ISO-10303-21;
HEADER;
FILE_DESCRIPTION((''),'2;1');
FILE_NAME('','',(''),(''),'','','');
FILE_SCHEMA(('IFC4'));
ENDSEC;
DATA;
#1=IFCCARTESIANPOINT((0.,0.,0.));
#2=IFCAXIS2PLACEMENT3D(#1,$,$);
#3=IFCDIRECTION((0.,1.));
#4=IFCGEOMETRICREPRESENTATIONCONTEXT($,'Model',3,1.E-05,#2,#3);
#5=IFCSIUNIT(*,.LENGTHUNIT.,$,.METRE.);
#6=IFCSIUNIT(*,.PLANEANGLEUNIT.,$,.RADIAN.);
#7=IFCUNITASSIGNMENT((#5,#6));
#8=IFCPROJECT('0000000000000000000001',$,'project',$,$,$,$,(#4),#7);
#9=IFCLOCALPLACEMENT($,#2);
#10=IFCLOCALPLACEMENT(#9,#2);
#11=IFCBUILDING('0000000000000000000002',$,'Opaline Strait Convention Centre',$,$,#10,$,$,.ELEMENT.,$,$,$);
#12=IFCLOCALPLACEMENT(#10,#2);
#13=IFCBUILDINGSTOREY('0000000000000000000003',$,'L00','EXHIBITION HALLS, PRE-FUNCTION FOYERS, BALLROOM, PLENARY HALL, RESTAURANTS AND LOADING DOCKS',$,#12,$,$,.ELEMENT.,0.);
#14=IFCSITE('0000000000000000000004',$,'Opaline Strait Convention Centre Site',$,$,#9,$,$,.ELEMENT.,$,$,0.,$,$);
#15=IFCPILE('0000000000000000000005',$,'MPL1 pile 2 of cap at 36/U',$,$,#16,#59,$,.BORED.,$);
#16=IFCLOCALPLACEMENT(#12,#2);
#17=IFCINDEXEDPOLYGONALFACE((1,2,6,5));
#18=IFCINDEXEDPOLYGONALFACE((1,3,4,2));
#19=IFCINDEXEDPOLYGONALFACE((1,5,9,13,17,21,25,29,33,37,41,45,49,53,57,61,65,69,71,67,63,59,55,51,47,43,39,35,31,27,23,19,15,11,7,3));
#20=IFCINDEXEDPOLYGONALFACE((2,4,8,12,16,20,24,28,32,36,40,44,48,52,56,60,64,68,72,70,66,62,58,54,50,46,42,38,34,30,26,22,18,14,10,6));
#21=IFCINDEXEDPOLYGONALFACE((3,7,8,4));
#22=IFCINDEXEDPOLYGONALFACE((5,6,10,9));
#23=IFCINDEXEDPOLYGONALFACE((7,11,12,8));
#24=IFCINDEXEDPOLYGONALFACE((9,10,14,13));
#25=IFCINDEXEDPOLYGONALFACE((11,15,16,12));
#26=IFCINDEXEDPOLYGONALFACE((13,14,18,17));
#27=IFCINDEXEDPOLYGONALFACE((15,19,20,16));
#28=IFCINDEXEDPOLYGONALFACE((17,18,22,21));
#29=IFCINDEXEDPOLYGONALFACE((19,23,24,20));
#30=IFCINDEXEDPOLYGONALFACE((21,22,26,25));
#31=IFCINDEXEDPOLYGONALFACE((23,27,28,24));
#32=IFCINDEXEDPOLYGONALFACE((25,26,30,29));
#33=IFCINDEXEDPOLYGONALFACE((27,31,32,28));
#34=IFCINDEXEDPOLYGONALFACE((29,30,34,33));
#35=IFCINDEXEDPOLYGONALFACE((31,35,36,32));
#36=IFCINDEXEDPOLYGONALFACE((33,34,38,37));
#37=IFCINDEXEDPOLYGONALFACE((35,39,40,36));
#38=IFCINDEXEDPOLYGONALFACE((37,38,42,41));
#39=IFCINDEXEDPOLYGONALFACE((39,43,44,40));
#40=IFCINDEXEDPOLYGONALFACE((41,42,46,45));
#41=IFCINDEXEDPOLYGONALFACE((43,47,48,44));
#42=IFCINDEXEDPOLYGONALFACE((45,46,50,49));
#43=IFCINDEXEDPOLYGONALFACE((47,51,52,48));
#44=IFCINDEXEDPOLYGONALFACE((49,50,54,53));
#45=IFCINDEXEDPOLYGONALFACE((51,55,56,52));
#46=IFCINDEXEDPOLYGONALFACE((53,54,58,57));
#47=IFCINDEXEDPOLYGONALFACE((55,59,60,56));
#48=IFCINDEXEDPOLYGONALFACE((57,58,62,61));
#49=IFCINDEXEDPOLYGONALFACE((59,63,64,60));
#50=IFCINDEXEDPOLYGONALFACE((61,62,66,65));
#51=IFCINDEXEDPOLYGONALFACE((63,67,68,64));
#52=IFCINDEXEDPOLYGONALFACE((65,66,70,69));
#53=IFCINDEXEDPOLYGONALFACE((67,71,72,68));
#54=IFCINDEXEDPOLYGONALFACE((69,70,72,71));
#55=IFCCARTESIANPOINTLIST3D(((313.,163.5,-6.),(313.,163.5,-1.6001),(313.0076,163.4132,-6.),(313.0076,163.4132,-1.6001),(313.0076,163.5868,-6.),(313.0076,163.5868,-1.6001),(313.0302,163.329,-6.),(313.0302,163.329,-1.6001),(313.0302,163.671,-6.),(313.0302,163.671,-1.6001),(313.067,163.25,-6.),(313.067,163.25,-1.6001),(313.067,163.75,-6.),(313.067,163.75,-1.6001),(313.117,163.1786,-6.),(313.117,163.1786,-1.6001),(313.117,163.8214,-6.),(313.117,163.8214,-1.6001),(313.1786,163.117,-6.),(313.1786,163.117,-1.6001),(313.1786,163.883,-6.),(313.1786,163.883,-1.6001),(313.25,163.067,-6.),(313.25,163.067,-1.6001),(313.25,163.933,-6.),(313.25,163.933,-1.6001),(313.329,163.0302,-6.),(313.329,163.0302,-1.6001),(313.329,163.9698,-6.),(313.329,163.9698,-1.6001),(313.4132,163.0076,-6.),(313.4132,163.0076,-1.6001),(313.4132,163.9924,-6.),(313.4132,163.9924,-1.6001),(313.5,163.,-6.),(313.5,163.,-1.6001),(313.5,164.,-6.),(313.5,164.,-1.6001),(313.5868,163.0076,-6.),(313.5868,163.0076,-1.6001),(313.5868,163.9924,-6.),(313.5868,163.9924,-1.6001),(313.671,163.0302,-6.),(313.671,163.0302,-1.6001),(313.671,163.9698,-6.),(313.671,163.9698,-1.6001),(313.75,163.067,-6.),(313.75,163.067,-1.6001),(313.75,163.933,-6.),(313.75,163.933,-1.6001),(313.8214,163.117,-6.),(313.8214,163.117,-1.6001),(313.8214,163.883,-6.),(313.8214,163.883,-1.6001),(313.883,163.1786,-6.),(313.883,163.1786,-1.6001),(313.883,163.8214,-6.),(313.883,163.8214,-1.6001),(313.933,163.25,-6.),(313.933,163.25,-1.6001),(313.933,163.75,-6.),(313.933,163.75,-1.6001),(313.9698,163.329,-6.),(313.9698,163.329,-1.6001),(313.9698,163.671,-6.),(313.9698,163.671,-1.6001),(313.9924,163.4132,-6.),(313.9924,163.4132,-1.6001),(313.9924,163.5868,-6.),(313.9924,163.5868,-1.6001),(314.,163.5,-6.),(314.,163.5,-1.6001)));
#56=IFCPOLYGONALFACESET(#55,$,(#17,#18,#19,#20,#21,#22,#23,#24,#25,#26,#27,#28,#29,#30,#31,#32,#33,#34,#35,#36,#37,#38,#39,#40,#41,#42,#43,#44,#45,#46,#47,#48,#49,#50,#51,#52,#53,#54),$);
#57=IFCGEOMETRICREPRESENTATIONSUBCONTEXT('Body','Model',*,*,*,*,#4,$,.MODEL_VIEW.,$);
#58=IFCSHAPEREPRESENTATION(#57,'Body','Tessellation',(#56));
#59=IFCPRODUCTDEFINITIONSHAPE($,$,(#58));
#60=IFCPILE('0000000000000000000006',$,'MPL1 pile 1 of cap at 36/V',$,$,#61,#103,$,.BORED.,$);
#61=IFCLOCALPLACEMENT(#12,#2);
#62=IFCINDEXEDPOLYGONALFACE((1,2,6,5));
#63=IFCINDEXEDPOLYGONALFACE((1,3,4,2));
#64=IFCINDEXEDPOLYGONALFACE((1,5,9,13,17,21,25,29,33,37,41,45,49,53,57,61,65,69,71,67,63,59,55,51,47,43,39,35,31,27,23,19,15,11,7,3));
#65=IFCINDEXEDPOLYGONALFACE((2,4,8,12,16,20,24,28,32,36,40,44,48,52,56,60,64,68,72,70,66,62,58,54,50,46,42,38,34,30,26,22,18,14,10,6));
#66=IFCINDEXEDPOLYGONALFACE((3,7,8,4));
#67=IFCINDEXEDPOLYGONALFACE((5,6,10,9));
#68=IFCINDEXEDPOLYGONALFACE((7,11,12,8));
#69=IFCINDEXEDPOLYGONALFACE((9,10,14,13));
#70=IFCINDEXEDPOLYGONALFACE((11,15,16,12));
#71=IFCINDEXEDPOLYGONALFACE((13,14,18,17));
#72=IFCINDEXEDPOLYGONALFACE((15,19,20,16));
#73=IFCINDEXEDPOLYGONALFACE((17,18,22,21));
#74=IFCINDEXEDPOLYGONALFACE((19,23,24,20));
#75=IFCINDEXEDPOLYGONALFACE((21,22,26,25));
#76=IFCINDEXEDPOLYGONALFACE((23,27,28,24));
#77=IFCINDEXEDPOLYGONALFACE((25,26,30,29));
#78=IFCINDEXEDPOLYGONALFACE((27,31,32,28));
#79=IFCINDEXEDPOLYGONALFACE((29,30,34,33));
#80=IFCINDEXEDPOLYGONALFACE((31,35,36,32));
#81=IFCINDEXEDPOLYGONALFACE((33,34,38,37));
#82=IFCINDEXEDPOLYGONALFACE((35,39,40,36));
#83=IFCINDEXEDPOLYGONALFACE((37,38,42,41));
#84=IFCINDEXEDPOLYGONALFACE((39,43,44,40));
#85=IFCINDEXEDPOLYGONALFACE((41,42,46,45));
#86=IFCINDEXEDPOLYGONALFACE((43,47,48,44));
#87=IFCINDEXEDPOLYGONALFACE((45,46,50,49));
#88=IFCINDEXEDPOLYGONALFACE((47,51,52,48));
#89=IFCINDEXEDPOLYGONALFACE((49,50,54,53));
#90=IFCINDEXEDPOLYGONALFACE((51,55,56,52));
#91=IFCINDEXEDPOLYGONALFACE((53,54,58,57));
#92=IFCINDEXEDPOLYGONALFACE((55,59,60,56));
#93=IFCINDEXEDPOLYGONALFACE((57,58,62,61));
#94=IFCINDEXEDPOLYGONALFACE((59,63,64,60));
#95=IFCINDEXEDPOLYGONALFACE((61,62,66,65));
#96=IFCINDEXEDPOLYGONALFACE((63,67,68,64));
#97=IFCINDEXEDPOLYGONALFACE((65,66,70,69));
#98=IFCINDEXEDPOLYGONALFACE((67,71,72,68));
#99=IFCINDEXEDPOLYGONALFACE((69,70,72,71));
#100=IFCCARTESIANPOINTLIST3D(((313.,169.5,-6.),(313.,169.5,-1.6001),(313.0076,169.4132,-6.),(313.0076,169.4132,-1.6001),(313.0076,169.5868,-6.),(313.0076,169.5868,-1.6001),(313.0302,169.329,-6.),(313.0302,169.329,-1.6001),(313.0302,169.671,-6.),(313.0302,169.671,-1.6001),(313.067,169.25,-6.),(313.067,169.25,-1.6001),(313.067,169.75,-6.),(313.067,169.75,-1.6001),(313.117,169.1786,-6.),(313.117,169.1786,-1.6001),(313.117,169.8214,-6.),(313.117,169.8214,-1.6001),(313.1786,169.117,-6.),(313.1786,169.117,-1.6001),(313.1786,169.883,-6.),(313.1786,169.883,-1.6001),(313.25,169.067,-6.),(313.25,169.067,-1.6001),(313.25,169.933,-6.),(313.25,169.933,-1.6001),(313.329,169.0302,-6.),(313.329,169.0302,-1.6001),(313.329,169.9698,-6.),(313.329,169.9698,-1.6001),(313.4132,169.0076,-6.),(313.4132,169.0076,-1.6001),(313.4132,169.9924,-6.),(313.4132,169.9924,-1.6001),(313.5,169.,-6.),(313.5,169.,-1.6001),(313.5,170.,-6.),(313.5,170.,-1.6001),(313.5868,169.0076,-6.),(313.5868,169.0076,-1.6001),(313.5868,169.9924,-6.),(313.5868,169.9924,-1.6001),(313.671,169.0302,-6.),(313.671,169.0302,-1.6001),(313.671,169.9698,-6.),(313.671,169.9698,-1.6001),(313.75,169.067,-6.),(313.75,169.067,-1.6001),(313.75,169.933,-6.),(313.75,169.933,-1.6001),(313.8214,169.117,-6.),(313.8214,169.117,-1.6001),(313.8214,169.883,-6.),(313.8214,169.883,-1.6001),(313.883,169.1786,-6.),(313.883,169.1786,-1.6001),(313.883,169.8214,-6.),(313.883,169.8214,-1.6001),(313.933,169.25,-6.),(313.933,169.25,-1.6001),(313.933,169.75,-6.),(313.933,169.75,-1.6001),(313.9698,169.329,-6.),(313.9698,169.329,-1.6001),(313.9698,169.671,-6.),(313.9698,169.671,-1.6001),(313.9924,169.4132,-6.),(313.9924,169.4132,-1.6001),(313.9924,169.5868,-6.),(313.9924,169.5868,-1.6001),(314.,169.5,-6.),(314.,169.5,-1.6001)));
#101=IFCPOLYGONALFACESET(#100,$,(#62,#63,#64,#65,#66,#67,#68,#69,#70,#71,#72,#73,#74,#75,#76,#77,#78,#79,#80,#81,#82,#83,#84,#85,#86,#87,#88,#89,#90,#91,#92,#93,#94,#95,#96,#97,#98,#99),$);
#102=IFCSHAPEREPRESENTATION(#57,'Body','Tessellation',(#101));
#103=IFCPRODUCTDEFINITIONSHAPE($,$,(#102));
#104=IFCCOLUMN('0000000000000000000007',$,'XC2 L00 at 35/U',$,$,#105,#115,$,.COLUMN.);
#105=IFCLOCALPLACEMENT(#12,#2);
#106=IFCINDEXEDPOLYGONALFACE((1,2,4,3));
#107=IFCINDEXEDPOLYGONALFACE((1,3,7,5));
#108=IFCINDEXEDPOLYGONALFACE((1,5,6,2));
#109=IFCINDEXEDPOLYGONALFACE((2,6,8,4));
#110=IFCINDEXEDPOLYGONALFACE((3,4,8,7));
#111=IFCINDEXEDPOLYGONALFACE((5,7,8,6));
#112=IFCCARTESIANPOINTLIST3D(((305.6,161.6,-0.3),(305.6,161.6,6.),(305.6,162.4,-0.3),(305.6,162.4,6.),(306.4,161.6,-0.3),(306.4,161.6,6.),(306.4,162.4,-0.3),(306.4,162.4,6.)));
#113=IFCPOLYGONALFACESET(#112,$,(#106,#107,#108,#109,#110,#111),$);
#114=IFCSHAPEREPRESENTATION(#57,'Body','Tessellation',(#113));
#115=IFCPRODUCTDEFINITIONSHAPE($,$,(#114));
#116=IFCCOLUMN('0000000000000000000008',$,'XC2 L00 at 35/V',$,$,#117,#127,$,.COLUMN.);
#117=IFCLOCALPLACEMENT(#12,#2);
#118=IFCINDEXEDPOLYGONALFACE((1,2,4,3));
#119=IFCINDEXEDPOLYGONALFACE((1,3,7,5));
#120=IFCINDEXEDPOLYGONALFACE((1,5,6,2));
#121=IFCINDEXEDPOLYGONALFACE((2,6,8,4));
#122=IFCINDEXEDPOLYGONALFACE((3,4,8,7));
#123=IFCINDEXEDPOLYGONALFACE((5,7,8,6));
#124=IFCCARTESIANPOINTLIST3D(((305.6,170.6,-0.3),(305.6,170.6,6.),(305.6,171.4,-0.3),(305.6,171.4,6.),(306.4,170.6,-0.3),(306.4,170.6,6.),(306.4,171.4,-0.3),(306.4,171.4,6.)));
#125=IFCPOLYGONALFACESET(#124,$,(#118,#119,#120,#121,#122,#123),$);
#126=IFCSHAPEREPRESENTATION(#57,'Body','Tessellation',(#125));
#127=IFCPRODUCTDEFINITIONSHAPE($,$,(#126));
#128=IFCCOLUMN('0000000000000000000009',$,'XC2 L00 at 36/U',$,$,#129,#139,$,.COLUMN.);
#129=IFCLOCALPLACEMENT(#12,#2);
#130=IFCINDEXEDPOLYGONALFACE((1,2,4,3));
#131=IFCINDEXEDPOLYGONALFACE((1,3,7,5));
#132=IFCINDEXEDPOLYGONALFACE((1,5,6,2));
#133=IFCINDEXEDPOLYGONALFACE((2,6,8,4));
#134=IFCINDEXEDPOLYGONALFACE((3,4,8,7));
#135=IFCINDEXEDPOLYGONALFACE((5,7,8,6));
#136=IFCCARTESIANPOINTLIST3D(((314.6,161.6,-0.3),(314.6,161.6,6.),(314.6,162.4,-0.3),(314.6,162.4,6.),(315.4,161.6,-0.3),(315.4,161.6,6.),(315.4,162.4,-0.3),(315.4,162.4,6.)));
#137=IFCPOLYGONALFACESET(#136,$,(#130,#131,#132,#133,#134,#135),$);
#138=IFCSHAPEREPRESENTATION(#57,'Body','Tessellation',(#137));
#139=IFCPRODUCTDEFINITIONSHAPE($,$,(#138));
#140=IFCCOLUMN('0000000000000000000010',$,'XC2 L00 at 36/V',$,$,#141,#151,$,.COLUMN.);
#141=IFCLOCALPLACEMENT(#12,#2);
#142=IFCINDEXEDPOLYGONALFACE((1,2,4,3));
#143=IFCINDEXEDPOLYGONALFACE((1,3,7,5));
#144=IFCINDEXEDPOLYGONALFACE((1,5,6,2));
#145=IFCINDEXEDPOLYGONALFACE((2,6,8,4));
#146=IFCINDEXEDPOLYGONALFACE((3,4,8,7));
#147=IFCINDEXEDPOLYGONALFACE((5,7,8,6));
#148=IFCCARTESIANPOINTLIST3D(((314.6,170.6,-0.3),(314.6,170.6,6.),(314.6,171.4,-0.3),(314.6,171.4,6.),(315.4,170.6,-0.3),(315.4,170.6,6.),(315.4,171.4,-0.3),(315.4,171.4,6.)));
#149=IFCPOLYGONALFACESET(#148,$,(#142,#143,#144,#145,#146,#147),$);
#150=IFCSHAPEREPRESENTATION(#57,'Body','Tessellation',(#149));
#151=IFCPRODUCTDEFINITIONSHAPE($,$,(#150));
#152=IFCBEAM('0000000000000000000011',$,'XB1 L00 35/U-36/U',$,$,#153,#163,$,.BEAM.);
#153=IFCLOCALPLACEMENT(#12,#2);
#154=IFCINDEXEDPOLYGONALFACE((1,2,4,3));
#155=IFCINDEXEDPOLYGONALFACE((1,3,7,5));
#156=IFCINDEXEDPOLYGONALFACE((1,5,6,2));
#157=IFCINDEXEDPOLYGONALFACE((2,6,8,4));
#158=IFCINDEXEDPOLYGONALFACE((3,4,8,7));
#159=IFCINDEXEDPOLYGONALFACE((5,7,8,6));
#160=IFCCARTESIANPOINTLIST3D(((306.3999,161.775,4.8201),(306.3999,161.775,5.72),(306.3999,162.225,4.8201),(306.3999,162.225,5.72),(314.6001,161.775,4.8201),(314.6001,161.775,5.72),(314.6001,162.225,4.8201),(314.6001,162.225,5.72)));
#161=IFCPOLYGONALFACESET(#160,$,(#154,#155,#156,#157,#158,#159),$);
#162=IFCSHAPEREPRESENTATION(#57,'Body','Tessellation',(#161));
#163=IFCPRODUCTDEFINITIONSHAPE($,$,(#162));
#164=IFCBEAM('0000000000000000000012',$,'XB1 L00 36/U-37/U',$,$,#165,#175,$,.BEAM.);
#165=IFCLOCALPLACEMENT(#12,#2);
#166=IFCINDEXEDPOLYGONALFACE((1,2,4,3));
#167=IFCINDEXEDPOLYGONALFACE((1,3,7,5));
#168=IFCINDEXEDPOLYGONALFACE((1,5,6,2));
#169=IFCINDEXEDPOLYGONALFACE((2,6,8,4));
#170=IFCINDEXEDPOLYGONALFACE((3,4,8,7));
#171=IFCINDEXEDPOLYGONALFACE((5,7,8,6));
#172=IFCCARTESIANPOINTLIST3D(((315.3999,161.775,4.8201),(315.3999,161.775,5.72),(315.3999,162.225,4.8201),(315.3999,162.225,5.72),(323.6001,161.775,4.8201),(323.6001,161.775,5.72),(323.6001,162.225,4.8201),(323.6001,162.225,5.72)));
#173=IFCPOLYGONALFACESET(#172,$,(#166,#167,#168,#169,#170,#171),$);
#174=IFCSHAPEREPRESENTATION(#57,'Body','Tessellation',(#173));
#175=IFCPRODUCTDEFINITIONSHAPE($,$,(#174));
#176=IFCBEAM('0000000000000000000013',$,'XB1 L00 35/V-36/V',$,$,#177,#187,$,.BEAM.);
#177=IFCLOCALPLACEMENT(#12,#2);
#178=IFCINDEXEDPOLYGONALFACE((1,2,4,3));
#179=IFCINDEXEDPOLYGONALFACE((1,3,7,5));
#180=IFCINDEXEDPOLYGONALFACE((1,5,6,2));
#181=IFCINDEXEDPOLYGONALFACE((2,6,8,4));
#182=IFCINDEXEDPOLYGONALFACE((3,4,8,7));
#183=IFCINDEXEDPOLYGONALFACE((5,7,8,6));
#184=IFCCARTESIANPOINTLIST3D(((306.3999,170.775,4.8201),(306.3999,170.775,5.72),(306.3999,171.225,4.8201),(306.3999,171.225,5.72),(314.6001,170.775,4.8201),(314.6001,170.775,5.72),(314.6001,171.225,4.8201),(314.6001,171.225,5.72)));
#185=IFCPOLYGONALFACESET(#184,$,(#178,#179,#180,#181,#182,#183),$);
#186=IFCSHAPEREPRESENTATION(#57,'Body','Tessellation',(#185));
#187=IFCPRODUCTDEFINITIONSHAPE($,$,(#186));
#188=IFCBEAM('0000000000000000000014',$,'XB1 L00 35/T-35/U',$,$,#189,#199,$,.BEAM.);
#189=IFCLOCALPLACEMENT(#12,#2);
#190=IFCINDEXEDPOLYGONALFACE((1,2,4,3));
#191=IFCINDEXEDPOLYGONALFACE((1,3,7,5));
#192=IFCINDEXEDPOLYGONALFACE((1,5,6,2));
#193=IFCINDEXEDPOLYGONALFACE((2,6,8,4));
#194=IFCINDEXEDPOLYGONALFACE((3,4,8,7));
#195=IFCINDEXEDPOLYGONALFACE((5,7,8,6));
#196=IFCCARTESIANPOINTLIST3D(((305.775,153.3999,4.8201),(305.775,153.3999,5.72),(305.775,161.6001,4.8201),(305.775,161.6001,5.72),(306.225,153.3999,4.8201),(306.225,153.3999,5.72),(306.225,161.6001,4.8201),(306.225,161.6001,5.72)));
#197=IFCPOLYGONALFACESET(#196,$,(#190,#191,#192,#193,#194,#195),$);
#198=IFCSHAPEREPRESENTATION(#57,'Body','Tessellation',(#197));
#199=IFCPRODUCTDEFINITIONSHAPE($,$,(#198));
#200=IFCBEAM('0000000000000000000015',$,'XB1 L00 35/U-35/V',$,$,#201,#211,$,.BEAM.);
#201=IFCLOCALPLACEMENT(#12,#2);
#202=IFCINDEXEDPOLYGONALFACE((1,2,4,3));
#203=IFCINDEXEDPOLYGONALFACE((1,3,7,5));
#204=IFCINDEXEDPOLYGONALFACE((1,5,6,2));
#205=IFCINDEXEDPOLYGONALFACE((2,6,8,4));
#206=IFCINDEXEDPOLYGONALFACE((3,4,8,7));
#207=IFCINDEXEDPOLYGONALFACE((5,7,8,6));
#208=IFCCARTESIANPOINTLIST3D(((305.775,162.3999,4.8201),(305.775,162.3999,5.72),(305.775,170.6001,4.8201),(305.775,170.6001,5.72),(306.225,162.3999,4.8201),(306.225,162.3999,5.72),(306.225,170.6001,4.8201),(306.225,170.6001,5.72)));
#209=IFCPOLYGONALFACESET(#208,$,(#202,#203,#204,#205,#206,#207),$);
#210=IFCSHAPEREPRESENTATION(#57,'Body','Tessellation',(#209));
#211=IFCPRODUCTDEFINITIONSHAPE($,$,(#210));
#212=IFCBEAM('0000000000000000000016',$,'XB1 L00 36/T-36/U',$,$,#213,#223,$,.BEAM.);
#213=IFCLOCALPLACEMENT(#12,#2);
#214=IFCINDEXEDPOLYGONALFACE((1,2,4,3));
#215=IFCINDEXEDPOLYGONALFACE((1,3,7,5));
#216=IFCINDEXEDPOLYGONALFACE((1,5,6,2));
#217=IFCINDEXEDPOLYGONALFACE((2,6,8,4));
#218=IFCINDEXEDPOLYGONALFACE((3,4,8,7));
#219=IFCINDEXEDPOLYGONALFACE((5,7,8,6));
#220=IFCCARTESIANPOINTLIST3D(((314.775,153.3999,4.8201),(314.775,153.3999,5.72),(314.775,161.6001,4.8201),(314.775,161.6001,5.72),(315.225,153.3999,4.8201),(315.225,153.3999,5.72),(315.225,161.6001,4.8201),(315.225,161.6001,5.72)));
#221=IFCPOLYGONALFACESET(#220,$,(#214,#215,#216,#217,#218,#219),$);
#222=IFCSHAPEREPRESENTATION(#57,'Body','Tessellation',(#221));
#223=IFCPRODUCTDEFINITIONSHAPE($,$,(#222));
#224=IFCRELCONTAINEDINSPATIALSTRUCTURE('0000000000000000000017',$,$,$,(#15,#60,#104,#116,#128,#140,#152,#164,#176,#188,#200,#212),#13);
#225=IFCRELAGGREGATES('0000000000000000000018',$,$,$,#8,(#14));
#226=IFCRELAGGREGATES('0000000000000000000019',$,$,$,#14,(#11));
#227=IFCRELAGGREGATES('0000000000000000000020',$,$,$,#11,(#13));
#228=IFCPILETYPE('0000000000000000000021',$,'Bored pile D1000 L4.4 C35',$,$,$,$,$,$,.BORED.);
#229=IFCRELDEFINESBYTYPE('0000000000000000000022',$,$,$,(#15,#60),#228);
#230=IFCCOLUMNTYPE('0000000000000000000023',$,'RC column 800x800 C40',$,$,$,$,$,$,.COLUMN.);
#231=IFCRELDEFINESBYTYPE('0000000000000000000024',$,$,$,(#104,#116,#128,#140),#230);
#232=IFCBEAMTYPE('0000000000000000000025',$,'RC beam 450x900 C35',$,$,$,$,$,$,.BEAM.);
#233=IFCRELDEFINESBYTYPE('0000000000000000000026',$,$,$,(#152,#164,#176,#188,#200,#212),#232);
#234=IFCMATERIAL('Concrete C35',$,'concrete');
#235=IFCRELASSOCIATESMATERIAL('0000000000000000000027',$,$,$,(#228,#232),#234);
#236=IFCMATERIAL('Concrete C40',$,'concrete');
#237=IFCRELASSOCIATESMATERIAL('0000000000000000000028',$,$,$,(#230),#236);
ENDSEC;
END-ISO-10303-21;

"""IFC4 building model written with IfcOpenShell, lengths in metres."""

from ifc_helpers import new_model, si_unit, direction, frame, origin, origin_2d, place, context, subcontext, project, spatial, rectangle, circle, extrude, material, material_profile, profile_set, type_object, element, save


model = new_model("IFC4")

# Units and contexts
model_context = context("Model", 3, precision=1e-05, world=origin(), true_north=direction((0.0, 1.0)))
body_context = subcontext(model_context, "Body", "Model", "MODEL_VIEW")
ifc_project = project(units=[si_unit("LENGTHUNIT", "METRE"), si_unit("PLANEANGLEUNIT", "RADIAN")], contexts=[model_context])

# Site, building, storey
site_placement = place(None, origin())
site = spatial("IfcSite", under=ifc_project, at=site_placement, Name="Opaline Strait Convention Centre Site", CompositionType="ELEMENT", RefElevation=0.0)
building_placement = place(site_placement, origin())
building = spatial("IfcBuilding", under=site, at=building_placement, Name="Opaline Strait Convention Centre", CompositionType="ELEMENT")
storey_placement = place(building_placement, origin())
storey = spatial("IfcBuildingStorey", under=building, at=storey_placement, Name="L00", Description="EXHIBITION HALLS, PRE-FUNCTION FOYERS, BALLROOM, PLENARY HALL, RESTAURANTS AND LOADING DOCKS", CompositionType="ELEMENT", Elevation=0.0)

# Piles
ifc_material_1 = material(Name="Concrete C35", Category="concrete")
ifc_material_profile_1 = material_profile(ifc_material_1, circle(Radius=0.5, at=origin_2d()), Name="D1000")
ifc_profile_set_1 = profile_set([ifc_material_profile_1], Name="Concrete C35")
pile_type = type_object("IfcPileType", Name="Bored pile D1000 L4.4 C35", PredefinedType="BORED", material=ifc_profile_set_1)
for number, where, z_axis, x_axis, name in (
    (1, (313.5, 163.5, -1.6001), (0.0, 0.0, -1.0), (1.0, 0.0, 0.0), "MPL1 pile 2 of cap at 36/U"),
    (2, (313.5, 169.5, -1.6001), (0.0, 0.0, -1.0), (1.0, 0.0, 0.0), "MPL1 pile 1 of cap at 36/V"),
):
    element("IfcPile", number, at=place(storey_placement, frame(where, z_axis=z_axis, x_axis=x_axis)), inside=storey, type_object=pile_type, Name=name, PredefinedType="BORED", context=body_context, shape_type="SweptSolid", body=[
        extrude(circle(Radius=0.5, at=origin_2d()), origin(), (0.0, 0.0, 1.0), 4.3999),
    ])

# Columns
ifc_material_2 = material(Name="Concrete C40", Category="concrete")
ifc_material_profile_2 = material_profile(ifc_material_2, rectangle(XDim=0.8, YDim=0.8, at=origin_2d()), Name="RC 800x800")
ifc_profile_set_2 = profile_set([ifc_material_profile_2], Name="Concrete C40")
column_type = type_object("IfcColumnType", Name="RC column 800x800 C40", PredefinedType="COLUMN", material=ifc_profile_set_2)
for number, where, z_axis, x_axis, name in (
    (3, (306.0, 162.0, -0.3), (0.0, 0.0, 1.0), (1.0, 0.0, 0.0), "XC2 L00 at 35/U"),
    (4, (306.0, 171.0, -0.3), (0.0, 0.0, 1.0), (1.0, 0.0, 0.0), "XC2 L00 at 35/V"),
    (5, (315.0, 162.0, -0.3), (0.0, 0.0, 1.0), (1.0, 0.0, 0.0), "XC2 L00 at 36/U"),
    (6, (315.0, 171.0, -0.3), (0.0, 0.0, 1.0), (1.0, 0.0, 0.0), "XC2 L00 at 36/V"),
):
    element("IfcColumn", number, at=place(storey_placement, frame(where, z_axis=z_axis, x_axis=x_axis)), inside=storey, type_object=column_type, Name=name, PredefinedType="COLUMN", context=body_context, shape_type="SweptSolid", body=[
        extrude(rectangle(XDim=0.8, YDim=0.8, at=origin_2d()), origin(), (0.0, 0.0, 1.0), 6.3),
    ])

# Beams
ifc_material_profile_3 = material_profile(ifc_material_1, rectangle(XDim=0.45, YDim=0.8999, at=origin_2d()), Name="RC 450x900")
ifc_profile_set_3 = profile_set([ifc_material_profile_3], Name="Concrete C35")
beam_type = type_object("IfcBeamType", Name="RC beam 450x900 C35", PredefinedType="BEAM", material=ifc_profile_set_3)
for number, where, z_axis, x_axis, name in (
    (7, (306.3999, 162.0, 5.27), (1.0, 0.0, 0.0), (0.0, 1.0, 0.0), "XB1 L00 35/U-36/U"),
    (8, (315.3999, 162.0, 5.27), (1.0, 0.0, 0.0), (0.0, 1.0, 0.0), "XB1 L00 36/U-37/U"),
    (9, (306.3999, 171.0, 5.27), (1.0, 0.0, 0.0), (0.0, 1.0, 0.0), "XB1 L00 35/V-36/V"),
    (10, (306.0, 153.3999, 5.27), (0.0, 1.0, 0.0), (-1.0, 0.0, 0.0), "XB1 L00 35/T-35/U"),
    (11, (306.0, 162.3999, 5.27), (0.0, 1.0, 0.0), (-1.0, 0.0, 0.0), "XB1 L00 35/U-35/V"),
    (12, (315.0, 153.3999, 5.27), (0.0, 1.0, 0.0), (-1.0, 0.0, 0.0), "XB1 L00 36/T-36/U"),
):
    element("IfcBeam", number, at=place(storey_placement, frame(where, z_axis=z_axis, x_axis=x_axis)), inside=storey, type_object=beam_type, Name=name, PredefinedType="BEAM", context=body_context, shape_type="SweptSolid", body=[
        extrude(rectangle(XDim=0.45, YDim=0.8999, at=origin_2d()), origin(), (0.0, 0.0, 1.0), 8.2002),
    ])

save(model, "model.ifc")
